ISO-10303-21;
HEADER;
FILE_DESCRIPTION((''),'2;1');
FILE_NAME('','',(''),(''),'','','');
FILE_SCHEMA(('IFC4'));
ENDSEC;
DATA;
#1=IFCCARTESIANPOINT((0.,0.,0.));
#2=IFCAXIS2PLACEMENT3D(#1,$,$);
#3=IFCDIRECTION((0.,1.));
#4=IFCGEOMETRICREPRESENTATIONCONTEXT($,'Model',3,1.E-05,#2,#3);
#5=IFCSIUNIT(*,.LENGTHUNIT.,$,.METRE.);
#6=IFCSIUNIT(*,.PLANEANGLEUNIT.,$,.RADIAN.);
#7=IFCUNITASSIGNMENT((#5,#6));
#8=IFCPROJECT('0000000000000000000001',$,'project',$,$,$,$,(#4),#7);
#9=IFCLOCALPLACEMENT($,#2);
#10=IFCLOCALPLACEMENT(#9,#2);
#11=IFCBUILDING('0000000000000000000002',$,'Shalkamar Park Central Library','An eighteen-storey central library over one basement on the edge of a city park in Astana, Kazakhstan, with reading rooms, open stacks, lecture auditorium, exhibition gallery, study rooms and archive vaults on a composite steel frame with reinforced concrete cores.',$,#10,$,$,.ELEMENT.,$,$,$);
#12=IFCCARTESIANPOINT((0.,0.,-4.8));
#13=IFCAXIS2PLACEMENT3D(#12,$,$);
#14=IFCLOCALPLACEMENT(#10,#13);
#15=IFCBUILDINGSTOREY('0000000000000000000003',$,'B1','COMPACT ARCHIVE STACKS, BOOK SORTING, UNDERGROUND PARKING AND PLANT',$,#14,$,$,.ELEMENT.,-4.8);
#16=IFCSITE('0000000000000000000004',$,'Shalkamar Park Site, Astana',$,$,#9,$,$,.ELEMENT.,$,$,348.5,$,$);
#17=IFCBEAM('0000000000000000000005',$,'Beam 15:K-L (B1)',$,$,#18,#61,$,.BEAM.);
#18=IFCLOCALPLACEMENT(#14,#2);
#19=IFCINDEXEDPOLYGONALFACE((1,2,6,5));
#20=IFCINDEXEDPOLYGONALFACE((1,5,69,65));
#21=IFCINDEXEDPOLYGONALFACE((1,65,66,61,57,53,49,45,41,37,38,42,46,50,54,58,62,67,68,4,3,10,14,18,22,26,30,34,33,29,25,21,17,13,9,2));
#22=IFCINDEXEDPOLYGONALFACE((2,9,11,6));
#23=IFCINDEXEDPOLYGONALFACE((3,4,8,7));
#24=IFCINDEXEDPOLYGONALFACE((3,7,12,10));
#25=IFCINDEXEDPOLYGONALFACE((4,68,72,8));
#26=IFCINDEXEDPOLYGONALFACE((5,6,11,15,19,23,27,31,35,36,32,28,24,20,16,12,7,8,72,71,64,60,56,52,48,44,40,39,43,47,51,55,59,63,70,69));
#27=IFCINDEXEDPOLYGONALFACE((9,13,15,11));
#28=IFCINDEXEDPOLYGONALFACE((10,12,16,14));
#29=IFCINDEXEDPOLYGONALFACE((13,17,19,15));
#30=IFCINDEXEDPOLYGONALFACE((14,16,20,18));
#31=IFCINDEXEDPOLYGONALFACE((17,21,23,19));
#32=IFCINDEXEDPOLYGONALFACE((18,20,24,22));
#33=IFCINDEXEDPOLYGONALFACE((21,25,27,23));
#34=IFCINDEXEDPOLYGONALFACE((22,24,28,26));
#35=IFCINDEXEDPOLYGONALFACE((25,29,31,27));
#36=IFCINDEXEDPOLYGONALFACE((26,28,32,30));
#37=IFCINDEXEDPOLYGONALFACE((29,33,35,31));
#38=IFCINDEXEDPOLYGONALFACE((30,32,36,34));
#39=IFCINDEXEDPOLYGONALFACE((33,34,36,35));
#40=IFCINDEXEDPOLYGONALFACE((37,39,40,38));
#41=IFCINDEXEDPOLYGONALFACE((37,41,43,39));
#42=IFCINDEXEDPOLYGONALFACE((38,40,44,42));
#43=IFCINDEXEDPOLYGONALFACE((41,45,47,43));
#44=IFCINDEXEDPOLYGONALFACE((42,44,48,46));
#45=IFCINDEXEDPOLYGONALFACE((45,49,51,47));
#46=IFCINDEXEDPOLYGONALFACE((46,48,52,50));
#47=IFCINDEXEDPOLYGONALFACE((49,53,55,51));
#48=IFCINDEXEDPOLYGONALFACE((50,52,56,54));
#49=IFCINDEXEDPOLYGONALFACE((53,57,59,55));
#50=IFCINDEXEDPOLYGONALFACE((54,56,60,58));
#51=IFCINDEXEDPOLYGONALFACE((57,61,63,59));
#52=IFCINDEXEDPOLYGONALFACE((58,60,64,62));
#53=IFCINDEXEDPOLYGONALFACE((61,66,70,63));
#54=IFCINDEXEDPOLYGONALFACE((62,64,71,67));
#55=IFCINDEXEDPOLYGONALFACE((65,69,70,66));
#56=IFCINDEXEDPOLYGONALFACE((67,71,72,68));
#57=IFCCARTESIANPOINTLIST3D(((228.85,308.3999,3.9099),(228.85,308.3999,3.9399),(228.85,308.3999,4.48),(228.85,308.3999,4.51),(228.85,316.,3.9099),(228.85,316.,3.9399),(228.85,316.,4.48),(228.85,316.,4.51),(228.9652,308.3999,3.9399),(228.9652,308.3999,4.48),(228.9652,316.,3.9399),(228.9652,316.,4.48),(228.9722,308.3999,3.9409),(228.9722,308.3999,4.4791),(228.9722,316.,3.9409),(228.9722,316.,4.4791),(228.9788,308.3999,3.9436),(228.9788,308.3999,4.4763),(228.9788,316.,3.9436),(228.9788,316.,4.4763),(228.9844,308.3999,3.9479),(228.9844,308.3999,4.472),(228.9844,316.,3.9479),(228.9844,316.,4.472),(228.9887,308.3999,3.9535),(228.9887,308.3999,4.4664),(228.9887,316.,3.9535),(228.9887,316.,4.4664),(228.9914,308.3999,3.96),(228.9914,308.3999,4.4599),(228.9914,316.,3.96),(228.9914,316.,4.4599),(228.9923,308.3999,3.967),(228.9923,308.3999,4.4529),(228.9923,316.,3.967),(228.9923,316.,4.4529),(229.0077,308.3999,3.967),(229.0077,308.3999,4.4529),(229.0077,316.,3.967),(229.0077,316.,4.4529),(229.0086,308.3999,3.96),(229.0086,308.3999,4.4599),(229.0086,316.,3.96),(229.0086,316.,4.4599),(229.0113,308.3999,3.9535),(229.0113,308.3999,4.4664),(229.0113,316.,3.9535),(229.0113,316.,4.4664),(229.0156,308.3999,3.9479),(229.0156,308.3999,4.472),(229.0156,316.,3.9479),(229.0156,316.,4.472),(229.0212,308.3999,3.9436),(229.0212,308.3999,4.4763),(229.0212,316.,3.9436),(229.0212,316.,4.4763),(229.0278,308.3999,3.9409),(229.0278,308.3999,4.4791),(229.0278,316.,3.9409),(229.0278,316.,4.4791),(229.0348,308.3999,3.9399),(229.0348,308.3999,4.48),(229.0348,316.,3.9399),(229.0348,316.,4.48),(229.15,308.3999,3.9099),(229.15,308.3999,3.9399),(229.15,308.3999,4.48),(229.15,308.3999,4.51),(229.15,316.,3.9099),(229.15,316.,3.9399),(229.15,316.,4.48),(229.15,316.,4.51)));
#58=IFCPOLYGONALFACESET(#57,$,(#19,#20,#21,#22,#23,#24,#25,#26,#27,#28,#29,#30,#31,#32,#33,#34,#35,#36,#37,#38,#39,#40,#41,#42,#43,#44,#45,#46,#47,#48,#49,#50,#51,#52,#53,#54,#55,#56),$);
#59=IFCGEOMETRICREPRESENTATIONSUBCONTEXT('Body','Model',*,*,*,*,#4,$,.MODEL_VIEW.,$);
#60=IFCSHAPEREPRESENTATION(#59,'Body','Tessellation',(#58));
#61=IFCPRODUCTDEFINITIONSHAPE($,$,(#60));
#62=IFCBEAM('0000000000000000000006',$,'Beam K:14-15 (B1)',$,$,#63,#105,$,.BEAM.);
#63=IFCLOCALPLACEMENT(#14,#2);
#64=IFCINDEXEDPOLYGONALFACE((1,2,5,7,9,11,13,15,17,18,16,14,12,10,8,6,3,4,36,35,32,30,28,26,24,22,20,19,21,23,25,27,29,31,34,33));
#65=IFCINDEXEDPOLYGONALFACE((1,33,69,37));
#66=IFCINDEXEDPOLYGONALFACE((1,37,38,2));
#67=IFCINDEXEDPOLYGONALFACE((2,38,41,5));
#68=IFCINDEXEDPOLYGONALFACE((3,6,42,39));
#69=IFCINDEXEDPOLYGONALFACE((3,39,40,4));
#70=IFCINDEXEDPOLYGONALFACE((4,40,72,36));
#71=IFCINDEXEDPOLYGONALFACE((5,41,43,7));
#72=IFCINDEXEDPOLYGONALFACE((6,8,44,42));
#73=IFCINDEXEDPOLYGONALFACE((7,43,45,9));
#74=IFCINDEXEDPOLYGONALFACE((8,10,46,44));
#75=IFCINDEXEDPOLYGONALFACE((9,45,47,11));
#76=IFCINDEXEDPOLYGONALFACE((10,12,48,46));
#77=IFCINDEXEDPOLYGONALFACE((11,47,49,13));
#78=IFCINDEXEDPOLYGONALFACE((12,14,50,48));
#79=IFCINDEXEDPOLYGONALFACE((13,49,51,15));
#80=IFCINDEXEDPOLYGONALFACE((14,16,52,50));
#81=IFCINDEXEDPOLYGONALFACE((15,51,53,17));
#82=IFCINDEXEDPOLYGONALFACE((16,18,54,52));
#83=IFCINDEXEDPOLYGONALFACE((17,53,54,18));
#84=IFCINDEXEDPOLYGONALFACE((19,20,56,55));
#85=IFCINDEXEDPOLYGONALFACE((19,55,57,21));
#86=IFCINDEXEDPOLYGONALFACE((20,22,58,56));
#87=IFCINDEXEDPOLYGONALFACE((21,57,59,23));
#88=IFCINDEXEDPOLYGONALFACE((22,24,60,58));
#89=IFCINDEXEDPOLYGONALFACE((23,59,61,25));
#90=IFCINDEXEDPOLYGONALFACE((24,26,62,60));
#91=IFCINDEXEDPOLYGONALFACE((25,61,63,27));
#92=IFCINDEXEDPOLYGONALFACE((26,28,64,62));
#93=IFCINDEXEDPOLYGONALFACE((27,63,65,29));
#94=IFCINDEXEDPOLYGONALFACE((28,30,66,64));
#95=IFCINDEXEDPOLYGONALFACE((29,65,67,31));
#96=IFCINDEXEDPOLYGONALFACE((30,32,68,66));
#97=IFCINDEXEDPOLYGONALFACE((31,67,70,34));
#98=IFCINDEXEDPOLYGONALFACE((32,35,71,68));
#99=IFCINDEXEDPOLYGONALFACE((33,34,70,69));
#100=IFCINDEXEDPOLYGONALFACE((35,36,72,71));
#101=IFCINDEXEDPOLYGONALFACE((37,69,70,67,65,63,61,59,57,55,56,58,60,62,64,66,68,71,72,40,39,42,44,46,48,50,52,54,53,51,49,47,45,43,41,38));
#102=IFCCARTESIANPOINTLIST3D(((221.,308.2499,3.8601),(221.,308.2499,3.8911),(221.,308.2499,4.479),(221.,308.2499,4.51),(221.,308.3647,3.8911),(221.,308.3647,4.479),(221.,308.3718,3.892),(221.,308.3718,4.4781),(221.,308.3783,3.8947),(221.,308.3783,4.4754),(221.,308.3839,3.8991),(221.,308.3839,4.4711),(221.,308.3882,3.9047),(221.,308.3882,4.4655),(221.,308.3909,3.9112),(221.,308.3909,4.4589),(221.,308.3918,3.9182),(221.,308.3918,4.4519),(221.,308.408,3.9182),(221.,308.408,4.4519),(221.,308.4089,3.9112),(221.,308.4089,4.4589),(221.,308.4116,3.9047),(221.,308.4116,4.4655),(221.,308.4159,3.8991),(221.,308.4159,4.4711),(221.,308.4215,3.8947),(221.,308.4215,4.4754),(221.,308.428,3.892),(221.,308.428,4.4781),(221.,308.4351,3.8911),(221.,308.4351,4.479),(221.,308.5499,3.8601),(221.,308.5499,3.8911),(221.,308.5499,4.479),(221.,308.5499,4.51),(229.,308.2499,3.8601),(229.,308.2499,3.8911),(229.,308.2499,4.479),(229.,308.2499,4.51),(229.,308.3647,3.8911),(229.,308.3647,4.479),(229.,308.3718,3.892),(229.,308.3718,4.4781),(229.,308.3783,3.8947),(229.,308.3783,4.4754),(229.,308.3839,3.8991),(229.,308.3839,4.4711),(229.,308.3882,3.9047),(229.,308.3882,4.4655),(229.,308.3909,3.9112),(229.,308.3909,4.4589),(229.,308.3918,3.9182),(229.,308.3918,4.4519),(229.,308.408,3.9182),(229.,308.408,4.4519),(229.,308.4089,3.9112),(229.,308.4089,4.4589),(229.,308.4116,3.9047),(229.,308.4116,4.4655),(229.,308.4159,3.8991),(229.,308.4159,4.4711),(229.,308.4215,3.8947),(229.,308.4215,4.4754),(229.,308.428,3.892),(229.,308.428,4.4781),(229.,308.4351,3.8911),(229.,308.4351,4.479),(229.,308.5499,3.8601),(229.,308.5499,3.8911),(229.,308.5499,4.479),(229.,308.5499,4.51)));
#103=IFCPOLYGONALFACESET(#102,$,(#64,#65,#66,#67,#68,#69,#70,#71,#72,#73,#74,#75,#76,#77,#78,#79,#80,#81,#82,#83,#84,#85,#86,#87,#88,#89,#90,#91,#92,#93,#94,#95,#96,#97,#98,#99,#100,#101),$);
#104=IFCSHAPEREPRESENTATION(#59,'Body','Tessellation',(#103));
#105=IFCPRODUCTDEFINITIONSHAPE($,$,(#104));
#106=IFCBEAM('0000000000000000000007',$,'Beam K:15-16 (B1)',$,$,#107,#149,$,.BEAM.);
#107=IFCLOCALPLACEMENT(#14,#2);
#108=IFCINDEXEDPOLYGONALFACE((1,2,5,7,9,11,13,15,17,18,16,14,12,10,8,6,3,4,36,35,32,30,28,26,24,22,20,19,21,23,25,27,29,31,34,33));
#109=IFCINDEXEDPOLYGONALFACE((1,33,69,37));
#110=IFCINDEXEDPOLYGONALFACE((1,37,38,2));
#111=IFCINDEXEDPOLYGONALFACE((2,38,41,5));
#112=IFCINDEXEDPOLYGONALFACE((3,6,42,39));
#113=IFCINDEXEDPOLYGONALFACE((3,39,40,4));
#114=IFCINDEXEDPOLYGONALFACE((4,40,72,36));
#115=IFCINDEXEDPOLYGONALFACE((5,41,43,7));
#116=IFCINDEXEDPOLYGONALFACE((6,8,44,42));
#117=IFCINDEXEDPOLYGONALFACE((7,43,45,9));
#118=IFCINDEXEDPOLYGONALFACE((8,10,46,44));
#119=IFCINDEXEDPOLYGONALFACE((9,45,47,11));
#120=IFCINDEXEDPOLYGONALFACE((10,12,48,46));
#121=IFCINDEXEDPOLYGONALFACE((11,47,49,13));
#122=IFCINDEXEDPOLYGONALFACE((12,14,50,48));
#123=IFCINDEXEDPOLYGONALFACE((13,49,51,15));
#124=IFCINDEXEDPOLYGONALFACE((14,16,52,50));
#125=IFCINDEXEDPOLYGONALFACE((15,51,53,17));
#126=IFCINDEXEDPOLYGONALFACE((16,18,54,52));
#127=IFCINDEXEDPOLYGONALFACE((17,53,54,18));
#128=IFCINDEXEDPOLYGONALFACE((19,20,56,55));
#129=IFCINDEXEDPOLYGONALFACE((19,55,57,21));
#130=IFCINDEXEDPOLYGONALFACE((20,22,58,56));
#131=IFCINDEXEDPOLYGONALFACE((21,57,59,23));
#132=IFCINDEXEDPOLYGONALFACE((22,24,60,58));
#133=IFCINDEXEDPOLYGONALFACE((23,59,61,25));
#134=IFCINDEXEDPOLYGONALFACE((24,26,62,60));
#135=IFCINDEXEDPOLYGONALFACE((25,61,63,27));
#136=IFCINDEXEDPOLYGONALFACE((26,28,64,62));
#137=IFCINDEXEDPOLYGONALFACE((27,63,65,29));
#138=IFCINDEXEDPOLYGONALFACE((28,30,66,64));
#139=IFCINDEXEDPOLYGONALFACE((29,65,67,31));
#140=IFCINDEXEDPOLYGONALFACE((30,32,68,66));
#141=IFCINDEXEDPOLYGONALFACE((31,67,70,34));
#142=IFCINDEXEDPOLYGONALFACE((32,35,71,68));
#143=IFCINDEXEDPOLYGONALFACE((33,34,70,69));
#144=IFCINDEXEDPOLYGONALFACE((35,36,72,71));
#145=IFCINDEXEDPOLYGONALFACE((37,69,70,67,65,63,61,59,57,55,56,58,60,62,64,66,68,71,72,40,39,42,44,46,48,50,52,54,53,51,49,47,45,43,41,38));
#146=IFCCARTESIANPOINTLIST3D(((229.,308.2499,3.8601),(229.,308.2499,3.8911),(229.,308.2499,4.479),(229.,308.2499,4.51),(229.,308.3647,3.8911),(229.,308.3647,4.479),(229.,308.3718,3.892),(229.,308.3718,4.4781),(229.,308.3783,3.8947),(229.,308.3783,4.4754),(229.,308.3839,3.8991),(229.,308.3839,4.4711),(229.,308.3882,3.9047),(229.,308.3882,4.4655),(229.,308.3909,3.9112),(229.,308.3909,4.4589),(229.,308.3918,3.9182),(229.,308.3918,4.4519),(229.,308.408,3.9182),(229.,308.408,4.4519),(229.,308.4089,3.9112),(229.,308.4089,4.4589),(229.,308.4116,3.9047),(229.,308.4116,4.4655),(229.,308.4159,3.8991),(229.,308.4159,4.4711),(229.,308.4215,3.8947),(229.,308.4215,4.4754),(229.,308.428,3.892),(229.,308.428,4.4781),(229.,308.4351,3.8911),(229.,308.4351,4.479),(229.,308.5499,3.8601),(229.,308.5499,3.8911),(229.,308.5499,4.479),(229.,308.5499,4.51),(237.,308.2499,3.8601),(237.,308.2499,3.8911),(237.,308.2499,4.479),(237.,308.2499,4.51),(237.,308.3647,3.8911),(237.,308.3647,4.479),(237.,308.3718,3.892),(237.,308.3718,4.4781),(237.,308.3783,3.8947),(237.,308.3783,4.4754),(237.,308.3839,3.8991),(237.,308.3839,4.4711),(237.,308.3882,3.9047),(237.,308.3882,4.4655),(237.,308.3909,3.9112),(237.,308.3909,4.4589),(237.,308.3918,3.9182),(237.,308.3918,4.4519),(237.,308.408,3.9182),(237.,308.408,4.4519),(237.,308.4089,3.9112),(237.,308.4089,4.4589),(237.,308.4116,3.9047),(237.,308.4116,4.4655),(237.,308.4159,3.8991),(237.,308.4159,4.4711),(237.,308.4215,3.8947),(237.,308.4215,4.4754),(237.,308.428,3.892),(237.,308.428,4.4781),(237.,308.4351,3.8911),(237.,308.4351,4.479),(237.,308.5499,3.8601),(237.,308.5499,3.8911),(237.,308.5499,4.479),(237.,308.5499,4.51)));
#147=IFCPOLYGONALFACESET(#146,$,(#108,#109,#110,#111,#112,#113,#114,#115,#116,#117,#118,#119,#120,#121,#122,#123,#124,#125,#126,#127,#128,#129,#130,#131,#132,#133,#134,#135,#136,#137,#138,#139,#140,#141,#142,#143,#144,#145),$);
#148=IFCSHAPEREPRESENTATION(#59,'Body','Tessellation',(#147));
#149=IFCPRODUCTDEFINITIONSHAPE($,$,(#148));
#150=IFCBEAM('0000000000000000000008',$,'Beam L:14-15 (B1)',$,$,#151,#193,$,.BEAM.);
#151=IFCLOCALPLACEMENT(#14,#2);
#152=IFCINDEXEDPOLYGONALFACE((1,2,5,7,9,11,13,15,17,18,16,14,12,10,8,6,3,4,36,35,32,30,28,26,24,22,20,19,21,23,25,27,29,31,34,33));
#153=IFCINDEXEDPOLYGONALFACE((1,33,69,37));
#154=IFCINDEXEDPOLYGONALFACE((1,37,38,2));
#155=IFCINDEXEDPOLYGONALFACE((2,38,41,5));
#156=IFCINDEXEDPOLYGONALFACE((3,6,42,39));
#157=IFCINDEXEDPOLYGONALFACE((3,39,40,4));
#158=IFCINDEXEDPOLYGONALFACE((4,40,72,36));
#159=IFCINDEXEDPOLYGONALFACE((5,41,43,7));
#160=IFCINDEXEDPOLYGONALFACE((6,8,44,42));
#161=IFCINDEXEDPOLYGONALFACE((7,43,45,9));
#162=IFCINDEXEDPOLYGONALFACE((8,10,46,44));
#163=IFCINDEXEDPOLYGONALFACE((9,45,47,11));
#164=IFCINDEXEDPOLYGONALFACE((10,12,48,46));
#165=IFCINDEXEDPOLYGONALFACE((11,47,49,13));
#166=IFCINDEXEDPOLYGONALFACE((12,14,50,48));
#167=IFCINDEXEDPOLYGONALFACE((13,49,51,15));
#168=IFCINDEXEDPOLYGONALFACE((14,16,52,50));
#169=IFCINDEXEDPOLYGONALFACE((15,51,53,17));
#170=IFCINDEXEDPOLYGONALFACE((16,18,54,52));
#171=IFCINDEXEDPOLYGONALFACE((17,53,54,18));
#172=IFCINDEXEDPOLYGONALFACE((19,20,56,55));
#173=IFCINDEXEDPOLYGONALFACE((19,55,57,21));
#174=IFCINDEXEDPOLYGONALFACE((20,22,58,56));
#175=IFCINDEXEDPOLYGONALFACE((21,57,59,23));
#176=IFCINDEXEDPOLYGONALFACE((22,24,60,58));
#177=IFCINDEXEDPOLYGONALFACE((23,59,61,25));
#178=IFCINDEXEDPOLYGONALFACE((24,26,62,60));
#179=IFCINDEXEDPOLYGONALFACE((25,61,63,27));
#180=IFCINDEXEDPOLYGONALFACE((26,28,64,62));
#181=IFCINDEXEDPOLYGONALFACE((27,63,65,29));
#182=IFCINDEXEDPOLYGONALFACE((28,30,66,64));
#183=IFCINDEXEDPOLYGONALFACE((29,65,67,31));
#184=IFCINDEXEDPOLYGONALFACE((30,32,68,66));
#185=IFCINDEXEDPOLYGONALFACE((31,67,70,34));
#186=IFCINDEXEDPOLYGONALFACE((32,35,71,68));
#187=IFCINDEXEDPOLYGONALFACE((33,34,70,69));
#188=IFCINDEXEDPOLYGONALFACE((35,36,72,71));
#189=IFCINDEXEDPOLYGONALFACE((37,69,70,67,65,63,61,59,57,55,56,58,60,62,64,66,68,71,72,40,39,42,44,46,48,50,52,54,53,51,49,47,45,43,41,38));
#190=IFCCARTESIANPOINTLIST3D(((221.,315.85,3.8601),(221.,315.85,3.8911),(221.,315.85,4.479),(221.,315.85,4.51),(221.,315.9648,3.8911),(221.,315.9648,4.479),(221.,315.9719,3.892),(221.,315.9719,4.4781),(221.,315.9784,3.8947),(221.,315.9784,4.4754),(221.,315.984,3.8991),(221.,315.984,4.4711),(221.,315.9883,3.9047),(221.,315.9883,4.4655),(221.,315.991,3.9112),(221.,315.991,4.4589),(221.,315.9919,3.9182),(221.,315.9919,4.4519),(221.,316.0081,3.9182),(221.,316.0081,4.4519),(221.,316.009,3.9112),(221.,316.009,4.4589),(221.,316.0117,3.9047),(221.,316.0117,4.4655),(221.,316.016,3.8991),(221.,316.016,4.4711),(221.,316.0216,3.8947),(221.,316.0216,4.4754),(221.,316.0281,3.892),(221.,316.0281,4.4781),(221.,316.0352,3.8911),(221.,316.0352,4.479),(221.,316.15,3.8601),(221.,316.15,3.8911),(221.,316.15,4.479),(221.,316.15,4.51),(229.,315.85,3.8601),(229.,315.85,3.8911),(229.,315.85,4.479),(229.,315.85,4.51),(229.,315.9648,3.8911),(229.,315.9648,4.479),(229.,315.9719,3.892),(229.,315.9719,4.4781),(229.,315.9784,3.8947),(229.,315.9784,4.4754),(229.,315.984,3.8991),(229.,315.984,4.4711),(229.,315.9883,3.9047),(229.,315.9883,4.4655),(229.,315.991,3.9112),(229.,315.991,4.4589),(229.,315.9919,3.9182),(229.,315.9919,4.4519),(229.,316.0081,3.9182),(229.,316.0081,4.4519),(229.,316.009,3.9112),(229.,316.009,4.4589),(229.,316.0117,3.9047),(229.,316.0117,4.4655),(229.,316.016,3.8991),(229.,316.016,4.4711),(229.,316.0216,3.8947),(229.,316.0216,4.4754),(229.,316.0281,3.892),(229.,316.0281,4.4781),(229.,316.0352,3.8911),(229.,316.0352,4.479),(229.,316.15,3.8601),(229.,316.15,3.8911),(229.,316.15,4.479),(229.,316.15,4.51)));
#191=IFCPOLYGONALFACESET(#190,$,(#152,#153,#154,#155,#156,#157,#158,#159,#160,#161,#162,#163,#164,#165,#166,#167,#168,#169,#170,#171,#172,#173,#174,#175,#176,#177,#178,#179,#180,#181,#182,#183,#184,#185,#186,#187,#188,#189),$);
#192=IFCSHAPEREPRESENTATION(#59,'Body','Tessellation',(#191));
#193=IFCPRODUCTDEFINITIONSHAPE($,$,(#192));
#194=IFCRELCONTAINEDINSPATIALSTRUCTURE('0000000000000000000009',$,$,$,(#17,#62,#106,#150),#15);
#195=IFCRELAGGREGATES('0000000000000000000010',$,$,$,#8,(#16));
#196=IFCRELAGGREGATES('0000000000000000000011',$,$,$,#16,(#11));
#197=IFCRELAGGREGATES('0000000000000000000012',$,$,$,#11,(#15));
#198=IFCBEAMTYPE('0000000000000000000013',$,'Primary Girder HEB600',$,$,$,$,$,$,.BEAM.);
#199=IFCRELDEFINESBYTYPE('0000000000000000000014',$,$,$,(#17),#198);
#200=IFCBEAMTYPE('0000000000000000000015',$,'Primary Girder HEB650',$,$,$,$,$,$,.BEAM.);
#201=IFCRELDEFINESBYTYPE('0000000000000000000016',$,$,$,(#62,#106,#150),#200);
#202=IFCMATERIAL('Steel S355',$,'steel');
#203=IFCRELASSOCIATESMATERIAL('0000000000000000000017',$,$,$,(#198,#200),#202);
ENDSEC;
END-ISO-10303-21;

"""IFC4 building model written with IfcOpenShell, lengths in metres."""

from ifc_helpers import new_model, si_unit, direction, frame, origin, origin_2d, place, context, subcontext, project, spatial, i_section, extrude, material, material_profile, profile_set, type_object, element, save


model = new_model("IFC4")

# Units and contexts
model_context = context("Model", 3, precision=1e-05, world=origin(), true_north=direction((0.0, 1.0)))
body_context = subcontext(model_context, "Body", "Model", "MODEL_VIEW")
ifc_project = project(units=[si_unit("LENGTHUNIT", "METRE"), si_unit("PLANEANGLEUNIT", "RADIAN")], contexts=[model_context])

# Site, building, storey
site_placement = place(None, origin())
site = spatial("IfcSite", under=ifc_project, at=site_placement, Name="Shalkamar Park Site, Astana", CompositionType="ELEMENT", RefElevation=348.5)
building_placement = place(site_placement, origin())
building = spatial("IfcBuilding", under=site, at=building_placement, Name="Shalkamar Park Central Library", Description="An eighteen-storey central library over one basement on the edge of a city park in Astana, Kazakhstan, with reading rooms, open stacks, lecture auditorium, exhibition gallery, study rooms and archive vaults on a composite steel frame with reinforced concrete cores.", CompositionType="ELEMENT")
storey_placement = place(building_placement, frame((0.0, 0.0, -4.8)))
storey = spatial("IfcBuildingStorey", under=building, at=storey_placement, Name="B1", Description="COMPACT ARCHIVE STACKS, BOOK SORTING, UNDERGROUND PARKING AND PLANT", CompositionType="ELEMENT", Elevation=-4.8)

# Shared definitions
ifc_material_1 = material(Name="Steel S355", Category="steel")

# Beams
ifc_material_profile_1 = material_profile(ifc_material_1, i_section(OverallWidth=0.3, OverallDepth=0.6001, WebThickness=0.0154, FlangeThickness=0.03, FilletRadius=0.0271, at=origin_2d()), Name="HEB 600")
ifc_profile_set_1 = profile_set([ifc_material_profile_1], Name="Steel S355")
beam_type_1 = type_object("IfcBeamType", Name="Primary Girder HEB600", PredefinedType="BEAM", material=ifc_profile_set_1)
for number, where, z_axis, x_axis, name in (
    (1, (229.0, 308.3999, 4.21), (0.0, 1.0, 0.0), (-1.0, 0.0, 0.0), "Beam 15:K-L (B1)"),
):
    element("IfcBeam", number, at=place(storey_placement, frame(where, z_axis=z_axis, x_axis=x_axis)), inside=storey, type_object=beam_type_1, Name=name, PredefinedType="BEAM", context=body_context, shape_type="SweptSolid", body=[
        extrude(i_section(OverallWidth=0.3, OverallDepth=0.6001, WebThickness=0.0154, FlangeThickness=0.03, FilletRadius=0.0271, at=origin_2d()), origin(), (0.0, 0.0, 1.0), 7.6001),
    ])
ifc_material_profile_2 = material_profile(ifc_material_1, i_section(OverallWidth=0.3, OverallDepth=0.6499, WebThickness=0.0161, FlangeThickness=0.031, FilletRadius=0.0271, at=origin_2d()), Name="HEB 650")
ifc_profile_set_2 = profile_set([ifc_material_profile_2], Name="Steel S355")
beam_type_2 = type_object("IfcBeamType", Name="Primary Girder HEB650", PredefinedType="BEAM", material=ifc_profile_set_2)
for number, where, z_axis, x_axis, name in (
    (2, (221.0, 308.3999, 4.1851), (1.0, 0.0, 0.0), (0.0, 1.0, 0.0), "Beam K:14-15 (B1)"),
    (3, (229.0, 308.3999, 4.1851), (1.0, 0.0, 0.0), (0.0, 1.0, 0.0), "Beam K:15-16 (B1)"),
    (4, (221.0, 316.0, 4.1851), (1.0, 0.0, 0.0), (0.0, 1.0, 0.0), "Beam L:14-15 (B1)"),
):
    element("IfcBeam", number, at=place(storey_placement, frame(where, z_axis=z_axis, x_axis=x_axis)), inside=storey, type_object=beam_type_2, Name=name, PredefinedType="BEAM", context=body_context, shape_type="SweptSolid", body=[
        extrude(i_section(OverallWidth=0.3, OverallDepth=0.6499, WebThickness=0.0161, FlangeThickness=0.031, FilletRadius=0.0271, at=origin_2d()), origin(), (0.0, 0.0, 1.0), 8.0),
    ])

save(model, "model.ifc")
